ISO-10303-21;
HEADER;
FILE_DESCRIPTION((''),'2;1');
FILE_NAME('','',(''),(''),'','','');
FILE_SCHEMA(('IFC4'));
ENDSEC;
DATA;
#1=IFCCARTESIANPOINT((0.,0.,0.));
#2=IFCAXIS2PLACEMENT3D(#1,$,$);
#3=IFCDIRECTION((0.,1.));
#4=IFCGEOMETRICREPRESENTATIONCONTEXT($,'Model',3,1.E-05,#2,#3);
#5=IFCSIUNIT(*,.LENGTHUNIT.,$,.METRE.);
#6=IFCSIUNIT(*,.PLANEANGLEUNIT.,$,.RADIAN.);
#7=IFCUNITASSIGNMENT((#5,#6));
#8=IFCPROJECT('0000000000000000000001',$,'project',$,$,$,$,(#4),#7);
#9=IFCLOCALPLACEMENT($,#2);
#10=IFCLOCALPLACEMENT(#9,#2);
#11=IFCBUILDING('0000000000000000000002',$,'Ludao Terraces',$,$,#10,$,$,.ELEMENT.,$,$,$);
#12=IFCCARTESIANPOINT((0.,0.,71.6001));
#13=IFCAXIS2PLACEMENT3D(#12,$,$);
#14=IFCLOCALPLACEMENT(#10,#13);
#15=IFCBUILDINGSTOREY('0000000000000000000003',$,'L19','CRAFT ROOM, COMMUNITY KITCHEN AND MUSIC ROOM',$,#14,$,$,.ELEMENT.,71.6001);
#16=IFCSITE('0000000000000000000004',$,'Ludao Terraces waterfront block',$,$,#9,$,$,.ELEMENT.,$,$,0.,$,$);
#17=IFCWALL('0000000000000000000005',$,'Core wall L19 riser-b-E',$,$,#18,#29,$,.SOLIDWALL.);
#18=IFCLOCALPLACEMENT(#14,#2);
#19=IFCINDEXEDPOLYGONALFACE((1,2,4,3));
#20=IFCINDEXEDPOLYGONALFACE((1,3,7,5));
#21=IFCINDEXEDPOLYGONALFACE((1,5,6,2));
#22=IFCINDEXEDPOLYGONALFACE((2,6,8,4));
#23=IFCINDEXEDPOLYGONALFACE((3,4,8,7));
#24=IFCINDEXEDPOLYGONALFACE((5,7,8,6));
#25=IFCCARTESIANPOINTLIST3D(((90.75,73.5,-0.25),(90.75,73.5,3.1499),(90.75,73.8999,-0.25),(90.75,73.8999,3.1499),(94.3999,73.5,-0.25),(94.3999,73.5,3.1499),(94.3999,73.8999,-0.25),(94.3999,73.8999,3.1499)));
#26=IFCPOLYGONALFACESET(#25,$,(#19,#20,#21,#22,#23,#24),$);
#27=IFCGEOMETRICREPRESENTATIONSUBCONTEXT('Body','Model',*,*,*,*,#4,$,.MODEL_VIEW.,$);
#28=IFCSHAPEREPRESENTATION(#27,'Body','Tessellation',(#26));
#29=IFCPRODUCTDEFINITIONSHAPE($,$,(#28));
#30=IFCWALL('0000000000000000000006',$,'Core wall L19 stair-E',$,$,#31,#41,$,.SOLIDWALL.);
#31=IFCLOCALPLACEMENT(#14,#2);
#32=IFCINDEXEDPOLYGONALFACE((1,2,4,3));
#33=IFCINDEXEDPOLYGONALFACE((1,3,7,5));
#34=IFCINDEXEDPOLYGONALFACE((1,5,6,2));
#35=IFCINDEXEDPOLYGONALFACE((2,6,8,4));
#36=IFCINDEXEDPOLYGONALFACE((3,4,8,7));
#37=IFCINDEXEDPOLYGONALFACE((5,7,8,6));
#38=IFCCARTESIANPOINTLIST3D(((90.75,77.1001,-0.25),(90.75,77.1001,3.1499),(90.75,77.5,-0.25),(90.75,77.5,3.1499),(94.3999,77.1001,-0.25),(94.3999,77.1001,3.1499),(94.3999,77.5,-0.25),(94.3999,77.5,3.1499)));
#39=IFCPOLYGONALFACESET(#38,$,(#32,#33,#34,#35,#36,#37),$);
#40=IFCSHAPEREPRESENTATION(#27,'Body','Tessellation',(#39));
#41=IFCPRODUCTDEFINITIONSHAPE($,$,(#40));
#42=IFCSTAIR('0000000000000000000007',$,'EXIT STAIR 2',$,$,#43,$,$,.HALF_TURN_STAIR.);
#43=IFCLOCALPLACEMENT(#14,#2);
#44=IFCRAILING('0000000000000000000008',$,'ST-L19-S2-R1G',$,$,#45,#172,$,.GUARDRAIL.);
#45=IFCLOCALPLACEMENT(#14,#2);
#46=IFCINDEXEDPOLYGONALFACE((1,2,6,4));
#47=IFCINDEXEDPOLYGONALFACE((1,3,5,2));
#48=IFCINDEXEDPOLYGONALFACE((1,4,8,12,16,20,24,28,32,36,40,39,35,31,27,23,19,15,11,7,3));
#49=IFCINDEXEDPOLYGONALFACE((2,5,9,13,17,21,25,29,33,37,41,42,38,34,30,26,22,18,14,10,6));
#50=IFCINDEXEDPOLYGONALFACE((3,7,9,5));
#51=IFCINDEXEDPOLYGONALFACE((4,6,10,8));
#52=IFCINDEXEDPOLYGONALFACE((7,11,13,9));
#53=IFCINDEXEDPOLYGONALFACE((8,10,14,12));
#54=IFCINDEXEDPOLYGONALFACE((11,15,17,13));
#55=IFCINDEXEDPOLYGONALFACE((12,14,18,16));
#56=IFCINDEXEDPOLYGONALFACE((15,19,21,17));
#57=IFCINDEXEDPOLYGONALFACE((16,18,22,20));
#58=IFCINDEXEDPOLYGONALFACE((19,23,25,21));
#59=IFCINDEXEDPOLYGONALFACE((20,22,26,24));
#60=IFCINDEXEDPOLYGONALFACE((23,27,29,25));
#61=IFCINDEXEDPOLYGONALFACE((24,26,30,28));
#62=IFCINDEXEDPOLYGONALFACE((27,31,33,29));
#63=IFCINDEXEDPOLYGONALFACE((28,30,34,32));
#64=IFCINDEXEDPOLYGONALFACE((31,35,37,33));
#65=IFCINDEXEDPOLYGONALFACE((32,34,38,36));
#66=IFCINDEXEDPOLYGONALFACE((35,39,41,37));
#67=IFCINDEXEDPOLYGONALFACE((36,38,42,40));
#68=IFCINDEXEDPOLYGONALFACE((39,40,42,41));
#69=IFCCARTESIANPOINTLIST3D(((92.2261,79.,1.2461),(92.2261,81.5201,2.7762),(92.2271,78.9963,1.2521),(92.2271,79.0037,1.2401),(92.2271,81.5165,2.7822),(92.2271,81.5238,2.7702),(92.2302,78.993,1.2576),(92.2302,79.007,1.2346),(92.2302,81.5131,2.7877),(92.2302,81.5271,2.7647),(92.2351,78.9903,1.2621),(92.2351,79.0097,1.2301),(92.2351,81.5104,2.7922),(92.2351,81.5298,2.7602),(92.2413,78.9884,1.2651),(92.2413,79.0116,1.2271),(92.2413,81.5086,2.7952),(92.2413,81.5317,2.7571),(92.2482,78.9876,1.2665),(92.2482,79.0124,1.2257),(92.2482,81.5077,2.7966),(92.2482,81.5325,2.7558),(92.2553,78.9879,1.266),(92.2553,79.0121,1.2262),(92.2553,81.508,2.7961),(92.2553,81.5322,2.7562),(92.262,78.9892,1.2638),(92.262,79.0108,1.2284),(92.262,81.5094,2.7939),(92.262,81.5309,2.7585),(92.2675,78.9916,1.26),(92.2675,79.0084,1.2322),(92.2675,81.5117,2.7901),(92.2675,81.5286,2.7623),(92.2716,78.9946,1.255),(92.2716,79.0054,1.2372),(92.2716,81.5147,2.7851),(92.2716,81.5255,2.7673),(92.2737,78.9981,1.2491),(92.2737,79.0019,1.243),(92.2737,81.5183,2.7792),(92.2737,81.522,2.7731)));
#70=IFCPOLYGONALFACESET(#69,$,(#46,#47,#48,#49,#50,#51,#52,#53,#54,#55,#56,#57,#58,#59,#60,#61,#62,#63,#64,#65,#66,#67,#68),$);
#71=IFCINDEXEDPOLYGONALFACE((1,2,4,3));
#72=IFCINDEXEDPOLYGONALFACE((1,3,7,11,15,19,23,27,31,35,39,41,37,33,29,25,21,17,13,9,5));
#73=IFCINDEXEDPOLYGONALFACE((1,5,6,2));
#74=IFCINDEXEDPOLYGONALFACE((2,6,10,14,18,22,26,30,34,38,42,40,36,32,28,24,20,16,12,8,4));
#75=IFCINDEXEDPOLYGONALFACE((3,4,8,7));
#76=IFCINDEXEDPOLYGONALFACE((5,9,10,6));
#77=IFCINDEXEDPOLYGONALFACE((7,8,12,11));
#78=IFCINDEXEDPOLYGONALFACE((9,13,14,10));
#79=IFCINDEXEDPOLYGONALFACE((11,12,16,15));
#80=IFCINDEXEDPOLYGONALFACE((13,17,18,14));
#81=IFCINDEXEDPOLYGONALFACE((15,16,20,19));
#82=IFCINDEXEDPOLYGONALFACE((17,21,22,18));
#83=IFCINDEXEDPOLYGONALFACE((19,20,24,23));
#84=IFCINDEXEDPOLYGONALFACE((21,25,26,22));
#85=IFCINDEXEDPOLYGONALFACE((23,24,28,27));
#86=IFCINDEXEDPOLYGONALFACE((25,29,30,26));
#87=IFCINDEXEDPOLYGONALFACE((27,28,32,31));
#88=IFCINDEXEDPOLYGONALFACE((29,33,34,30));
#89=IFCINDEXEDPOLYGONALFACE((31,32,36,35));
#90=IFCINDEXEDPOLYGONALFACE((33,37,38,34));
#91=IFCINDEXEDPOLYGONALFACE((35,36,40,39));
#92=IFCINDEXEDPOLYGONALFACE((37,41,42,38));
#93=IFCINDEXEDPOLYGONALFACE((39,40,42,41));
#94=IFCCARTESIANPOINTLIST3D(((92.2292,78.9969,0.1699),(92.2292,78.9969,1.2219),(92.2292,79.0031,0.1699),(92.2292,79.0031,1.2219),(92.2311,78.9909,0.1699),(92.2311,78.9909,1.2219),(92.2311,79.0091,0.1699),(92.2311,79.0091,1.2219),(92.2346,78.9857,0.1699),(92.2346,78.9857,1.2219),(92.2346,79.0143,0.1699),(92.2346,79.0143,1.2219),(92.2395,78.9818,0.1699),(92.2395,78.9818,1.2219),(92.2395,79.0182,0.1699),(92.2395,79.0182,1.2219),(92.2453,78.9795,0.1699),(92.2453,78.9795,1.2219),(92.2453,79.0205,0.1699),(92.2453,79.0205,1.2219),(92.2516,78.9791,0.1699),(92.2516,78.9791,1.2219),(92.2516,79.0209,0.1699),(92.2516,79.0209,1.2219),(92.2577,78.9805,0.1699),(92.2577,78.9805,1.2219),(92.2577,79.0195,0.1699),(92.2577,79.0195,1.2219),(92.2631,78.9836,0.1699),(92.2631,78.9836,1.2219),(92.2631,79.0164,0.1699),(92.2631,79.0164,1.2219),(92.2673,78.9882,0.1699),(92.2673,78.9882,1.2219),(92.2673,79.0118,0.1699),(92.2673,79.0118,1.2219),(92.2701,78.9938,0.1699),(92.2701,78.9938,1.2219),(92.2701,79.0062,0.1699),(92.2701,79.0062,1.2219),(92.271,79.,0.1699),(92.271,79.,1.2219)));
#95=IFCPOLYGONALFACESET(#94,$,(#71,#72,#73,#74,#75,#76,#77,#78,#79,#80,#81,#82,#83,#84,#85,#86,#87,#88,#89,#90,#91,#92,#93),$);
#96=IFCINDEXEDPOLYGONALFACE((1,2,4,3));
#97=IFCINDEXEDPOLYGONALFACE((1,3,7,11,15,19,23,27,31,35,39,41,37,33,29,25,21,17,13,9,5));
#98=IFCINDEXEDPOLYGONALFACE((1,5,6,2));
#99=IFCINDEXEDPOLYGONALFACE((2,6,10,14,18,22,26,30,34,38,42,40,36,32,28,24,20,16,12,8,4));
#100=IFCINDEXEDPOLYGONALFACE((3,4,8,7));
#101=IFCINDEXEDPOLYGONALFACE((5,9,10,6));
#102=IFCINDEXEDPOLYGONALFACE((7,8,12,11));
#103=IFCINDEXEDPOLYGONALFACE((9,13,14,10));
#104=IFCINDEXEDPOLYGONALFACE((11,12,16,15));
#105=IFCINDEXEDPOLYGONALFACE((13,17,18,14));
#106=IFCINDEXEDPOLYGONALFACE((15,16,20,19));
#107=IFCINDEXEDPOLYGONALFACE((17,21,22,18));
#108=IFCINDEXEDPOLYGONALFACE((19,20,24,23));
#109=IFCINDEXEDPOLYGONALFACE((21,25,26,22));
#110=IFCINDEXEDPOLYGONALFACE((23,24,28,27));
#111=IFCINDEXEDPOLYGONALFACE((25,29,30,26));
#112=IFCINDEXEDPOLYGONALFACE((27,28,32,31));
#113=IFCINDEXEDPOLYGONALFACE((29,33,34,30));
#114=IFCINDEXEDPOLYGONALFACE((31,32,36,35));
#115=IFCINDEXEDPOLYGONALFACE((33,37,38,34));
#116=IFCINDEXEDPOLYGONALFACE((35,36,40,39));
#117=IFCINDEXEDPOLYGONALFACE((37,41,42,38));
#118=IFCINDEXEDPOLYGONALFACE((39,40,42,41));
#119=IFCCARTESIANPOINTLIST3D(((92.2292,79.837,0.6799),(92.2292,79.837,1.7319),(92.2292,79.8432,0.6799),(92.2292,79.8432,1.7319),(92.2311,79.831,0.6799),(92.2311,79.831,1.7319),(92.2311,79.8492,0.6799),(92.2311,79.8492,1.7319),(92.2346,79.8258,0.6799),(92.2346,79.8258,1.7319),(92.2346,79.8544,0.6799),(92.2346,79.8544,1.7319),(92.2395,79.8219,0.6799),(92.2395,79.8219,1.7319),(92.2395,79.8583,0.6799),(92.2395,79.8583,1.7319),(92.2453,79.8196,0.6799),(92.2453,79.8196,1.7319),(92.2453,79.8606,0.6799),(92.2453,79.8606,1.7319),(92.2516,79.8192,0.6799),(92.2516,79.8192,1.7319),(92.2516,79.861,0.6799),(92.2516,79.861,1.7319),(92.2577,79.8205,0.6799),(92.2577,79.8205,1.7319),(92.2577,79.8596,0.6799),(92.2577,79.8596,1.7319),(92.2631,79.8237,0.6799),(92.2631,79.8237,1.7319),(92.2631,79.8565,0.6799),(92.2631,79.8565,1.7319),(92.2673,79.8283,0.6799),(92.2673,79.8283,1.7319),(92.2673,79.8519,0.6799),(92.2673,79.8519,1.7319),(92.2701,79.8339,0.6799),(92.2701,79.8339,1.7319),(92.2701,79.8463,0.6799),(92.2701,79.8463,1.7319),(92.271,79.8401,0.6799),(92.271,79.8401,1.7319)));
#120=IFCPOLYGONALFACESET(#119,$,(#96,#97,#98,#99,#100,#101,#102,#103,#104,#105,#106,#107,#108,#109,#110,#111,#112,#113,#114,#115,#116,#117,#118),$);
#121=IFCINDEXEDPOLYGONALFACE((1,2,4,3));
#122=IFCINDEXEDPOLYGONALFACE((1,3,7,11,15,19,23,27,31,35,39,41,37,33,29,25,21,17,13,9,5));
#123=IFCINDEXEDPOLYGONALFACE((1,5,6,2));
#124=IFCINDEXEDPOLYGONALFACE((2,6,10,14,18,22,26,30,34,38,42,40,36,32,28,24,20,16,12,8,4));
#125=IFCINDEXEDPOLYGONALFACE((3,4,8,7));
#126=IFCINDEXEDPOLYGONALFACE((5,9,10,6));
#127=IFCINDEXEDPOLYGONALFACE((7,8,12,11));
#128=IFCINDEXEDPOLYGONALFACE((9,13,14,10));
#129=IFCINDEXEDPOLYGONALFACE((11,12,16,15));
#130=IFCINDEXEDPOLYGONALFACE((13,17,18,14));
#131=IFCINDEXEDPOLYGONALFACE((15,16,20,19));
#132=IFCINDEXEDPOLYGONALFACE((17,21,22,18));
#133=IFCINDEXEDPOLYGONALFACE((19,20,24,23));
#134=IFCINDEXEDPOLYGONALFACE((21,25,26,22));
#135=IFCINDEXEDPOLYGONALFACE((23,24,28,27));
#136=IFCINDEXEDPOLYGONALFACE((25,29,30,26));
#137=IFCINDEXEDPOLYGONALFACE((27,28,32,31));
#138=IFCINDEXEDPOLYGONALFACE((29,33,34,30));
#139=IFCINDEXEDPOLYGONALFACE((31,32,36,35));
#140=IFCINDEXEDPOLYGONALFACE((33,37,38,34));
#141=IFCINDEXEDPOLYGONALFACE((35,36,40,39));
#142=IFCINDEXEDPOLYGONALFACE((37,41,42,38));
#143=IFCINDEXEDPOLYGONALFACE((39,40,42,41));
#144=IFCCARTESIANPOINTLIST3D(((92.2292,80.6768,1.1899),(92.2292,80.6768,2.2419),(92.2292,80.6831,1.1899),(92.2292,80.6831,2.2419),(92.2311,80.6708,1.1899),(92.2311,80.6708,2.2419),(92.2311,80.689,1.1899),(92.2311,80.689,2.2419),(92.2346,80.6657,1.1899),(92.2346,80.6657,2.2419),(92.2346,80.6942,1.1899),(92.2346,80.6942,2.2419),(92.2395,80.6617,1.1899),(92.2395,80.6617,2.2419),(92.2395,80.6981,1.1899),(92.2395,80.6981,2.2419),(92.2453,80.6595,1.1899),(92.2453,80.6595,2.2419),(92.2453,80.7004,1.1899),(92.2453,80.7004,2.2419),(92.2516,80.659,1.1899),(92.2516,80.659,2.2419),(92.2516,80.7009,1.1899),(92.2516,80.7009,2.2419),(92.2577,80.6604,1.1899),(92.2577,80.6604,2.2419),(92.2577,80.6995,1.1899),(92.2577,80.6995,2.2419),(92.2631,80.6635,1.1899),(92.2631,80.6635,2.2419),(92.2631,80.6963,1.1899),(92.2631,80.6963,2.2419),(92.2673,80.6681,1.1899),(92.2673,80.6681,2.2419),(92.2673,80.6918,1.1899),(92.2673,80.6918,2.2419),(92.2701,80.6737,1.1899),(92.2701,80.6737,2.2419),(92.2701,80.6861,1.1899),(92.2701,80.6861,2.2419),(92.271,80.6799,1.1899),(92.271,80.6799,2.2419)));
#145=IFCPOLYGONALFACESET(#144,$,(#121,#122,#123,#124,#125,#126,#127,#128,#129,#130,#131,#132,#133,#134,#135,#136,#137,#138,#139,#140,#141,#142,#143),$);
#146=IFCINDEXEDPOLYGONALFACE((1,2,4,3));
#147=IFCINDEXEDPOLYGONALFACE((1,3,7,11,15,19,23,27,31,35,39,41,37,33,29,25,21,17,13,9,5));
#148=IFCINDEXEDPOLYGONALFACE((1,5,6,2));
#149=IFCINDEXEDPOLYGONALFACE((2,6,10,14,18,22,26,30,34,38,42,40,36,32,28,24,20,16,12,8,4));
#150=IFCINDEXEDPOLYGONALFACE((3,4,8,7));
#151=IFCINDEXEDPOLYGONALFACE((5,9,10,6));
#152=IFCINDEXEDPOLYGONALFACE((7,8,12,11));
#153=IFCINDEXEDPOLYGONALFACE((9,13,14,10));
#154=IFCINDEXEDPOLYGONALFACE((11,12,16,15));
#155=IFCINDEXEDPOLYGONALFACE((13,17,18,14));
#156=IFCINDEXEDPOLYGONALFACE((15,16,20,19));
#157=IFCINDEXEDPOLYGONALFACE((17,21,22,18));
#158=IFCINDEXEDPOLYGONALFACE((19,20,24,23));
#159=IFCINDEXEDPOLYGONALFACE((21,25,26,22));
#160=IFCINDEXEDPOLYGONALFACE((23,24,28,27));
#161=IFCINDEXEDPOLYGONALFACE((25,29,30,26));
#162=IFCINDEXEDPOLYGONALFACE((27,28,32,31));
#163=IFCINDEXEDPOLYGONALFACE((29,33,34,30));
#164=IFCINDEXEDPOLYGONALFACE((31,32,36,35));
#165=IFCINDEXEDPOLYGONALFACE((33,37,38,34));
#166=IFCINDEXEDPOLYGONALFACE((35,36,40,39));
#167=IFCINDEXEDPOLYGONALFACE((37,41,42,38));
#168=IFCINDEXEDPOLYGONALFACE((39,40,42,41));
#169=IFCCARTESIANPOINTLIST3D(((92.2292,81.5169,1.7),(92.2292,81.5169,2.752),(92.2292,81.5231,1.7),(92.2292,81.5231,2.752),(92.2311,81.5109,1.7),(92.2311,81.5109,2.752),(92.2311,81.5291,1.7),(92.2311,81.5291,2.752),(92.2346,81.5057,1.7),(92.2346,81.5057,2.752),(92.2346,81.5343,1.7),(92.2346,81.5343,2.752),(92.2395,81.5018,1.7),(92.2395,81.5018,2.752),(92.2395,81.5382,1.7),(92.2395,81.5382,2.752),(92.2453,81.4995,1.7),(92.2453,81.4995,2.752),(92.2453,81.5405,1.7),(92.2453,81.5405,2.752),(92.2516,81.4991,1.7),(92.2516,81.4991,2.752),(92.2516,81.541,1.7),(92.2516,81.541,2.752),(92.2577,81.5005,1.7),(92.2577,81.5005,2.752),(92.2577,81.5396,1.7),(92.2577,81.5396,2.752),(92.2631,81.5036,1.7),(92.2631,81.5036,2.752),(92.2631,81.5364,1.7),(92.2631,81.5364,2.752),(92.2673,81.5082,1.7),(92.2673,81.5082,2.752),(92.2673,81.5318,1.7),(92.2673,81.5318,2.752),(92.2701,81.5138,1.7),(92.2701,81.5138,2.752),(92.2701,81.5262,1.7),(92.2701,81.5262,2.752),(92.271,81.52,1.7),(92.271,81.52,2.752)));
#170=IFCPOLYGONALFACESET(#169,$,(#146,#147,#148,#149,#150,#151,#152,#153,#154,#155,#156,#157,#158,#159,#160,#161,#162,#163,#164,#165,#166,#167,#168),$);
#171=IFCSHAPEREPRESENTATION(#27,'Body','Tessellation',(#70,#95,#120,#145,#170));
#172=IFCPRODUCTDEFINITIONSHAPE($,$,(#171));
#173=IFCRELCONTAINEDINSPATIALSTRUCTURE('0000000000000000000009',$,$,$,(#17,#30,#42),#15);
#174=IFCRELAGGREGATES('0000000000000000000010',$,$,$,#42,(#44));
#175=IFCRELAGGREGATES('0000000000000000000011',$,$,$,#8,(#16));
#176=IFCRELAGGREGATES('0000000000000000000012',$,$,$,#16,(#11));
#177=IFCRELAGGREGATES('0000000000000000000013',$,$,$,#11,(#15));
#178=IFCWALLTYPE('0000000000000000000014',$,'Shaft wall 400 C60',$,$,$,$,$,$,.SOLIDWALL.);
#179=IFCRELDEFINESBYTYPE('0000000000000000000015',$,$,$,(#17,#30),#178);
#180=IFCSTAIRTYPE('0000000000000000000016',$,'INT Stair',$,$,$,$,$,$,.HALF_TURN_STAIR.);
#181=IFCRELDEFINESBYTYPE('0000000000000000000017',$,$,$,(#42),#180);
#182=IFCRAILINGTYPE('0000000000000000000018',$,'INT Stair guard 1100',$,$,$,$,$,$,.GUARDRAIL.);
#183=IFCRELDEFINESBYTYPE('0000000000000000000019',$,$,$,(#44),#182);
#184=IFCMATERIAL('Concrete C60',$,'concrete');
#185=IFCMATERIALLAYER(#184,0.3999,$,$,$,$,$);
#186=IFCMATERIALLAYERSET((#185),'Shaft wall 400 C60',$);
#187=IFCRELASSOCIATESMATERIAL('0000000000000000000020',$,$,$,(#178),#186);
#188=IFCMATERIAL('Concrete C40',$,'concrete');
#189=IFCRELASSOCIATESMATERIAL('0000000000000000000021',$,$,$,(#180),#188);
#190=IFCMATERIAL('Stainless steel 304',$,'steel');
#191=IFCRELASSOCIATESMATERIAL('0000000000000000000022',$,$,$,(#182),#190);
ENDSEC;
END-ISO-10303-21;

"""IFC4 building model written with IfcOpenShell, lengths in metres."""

from ifc_helpers import new_model, si_unit, direction, frame, frame_2d, origin, origin_2d, place, context, subcontext, project, spatial, rectangle, circle, extrude, material, layer, layer_set, type_object, element, aggregate, save


model = new_model("IFC4")

# Units and contexts
model_context = context("Model", 3, precision=1e-05, world=origin(), true_north=direction((0.0, 1.0)))
body_context = subcontext(model_context, "Body", "Model", "MODEL_VIEW")
ifc_project = project(units=[si_unit("LENGTHUNIT", "METRE"), si_unit("PLANEANGLEUNIT", "RADIAN")], contexts=[model_context])

# Site, building, storey
site_placement = place(None, origin())
site = spatial("IfcSite", under=ifc_project, at=site_placement, Name="Ludao Terraces waterfront block", CompositionType="ELEMENT", RefElevation=0.0)
building_placement = place(site_placement, origin())
building = spatial("IfcBuilding", under=site, at=building_placement, Name="Ludao Terraces", CompositionType="ELEMENT")
storey_placement = place(building_placement, frame((0.0, 0.0, 71.6001)))
storey = spatial("IfcBuildingStorey", under=building, at=storey_placement, Name="L19", Description="CRAFT ROOM, COMMUNITY KITCHEN AND MUSIC ROOM", CompositionType="ELEMENT", Elevation=71.6001)

# Shared definitions
ifc_material_1 = material(Name="Concrete C40", Category="concrete")

# Shared definitions
ifc_material_2 = material(Name="Concrete C60", Category="concrete")
ifc_layer_1 = layer(ifc_material_2, 0.3999)
ifc_layer_set_1 = layer_set([ifc_layer_1], Name="Shaft wall 400 C60")
wall_type_1 = type_object("IfcWallType", Name="Shaft wall 400 C60", PredefinedType="SOLIDWALL", material=ifc_layer_set_1)

# Walls
for number, where, z_axis, x_axis, name in (
    (1, (90.75, 73.7, -0.25), (0.0, 0.0, 1.0), (1.0, 0.0, 0.0), "Core wall L19 riser-b-E"),
    (2, (90.75, 77.3, -0.25), (0.0, 0.0, 1.0), (1.0, 0.0, 0.0), "Core wall L19 stair-E"),
):
    element("IfcWall", number, at=place(storey_placement, frame(where, z_axis=z_axis, x_axis=x_axis)), inside=storey, type_object=wall_type_1, Name=name, PredefinedType="SOLIDWALL", context=body_context, shape_type="SweptSolid", body=[
        extrude(rectangle(XDim=3.6499, YDim=0.3999, at=frame_2d((1.825, 0.0))), origin(), (0.0, 0.0, 1.0), 3.3999),
    ])

# Stair, railing
stair_type = type_object("IfcStairType", Name="INT Stair", PredefinedType="HALF_TURN_STAIR", material=ifc_material_1)
stair_placement = place(storey_placement, origin())
stair = element("IfcStair", 3, at=stair_placement, inside=storey, type_object=stair_type, Name="EXIT STAIR 2", PredefinedType="HALF_TURN_STAIR")
ifc_material_3 = material(Name="Stainless steel 304", Category="steel")
railing_type_1 = type_object("IfcRailingType", Name="INT Stair guard 1100", PredefinedType="GUARDRAIL", material=ifc_material_3)
railing_1_placement = place(storey_placement, frame((92.25, 79.0, 0.1699)))
railing_1 = element("IfcRailing", 4, at=railing_1_placement, type_object=railing_type_1, Name="ST-L19-S2-R1G", PredefinedType="GUARDRAIL", context=body_context, shape_type="SweptSolid", body=[
    extrude(circle(Radius=0.0239, at=origin_2d()), frame((0.0, 0.0, 1.0762), z_axis=(0.0, 0.854785, 0.518982), x_axis=(-1.0, 0.0, 0.0)), (0.0, 0.0, 1.0), 2.9482),
    extrude(circle(Radius=0.021, at=origin_2d()), origin(), (0.0, 0.0, 1.0), 1.052),
    extrude(circle(Radius=0.021, at=origin_2d()), frame((0.0, 0.8401, 0.51)), (0.0, 0.0, 1.0), 1.052),
    extrude(circle(Radius=0.021, at=origin_2d()), frame((0.0, 1.6799, 1.02)), (0.0, 0.0, 1.0), 1.052),
    extrude(circle(Radius=0.021, at=origin_2d()), frame((0.0, 2.52, 1.53)), (0.0, 0.0, 1.0), 1.052),
])
aggregate(stair, [railing_1])

save(model, "model.ifc")
